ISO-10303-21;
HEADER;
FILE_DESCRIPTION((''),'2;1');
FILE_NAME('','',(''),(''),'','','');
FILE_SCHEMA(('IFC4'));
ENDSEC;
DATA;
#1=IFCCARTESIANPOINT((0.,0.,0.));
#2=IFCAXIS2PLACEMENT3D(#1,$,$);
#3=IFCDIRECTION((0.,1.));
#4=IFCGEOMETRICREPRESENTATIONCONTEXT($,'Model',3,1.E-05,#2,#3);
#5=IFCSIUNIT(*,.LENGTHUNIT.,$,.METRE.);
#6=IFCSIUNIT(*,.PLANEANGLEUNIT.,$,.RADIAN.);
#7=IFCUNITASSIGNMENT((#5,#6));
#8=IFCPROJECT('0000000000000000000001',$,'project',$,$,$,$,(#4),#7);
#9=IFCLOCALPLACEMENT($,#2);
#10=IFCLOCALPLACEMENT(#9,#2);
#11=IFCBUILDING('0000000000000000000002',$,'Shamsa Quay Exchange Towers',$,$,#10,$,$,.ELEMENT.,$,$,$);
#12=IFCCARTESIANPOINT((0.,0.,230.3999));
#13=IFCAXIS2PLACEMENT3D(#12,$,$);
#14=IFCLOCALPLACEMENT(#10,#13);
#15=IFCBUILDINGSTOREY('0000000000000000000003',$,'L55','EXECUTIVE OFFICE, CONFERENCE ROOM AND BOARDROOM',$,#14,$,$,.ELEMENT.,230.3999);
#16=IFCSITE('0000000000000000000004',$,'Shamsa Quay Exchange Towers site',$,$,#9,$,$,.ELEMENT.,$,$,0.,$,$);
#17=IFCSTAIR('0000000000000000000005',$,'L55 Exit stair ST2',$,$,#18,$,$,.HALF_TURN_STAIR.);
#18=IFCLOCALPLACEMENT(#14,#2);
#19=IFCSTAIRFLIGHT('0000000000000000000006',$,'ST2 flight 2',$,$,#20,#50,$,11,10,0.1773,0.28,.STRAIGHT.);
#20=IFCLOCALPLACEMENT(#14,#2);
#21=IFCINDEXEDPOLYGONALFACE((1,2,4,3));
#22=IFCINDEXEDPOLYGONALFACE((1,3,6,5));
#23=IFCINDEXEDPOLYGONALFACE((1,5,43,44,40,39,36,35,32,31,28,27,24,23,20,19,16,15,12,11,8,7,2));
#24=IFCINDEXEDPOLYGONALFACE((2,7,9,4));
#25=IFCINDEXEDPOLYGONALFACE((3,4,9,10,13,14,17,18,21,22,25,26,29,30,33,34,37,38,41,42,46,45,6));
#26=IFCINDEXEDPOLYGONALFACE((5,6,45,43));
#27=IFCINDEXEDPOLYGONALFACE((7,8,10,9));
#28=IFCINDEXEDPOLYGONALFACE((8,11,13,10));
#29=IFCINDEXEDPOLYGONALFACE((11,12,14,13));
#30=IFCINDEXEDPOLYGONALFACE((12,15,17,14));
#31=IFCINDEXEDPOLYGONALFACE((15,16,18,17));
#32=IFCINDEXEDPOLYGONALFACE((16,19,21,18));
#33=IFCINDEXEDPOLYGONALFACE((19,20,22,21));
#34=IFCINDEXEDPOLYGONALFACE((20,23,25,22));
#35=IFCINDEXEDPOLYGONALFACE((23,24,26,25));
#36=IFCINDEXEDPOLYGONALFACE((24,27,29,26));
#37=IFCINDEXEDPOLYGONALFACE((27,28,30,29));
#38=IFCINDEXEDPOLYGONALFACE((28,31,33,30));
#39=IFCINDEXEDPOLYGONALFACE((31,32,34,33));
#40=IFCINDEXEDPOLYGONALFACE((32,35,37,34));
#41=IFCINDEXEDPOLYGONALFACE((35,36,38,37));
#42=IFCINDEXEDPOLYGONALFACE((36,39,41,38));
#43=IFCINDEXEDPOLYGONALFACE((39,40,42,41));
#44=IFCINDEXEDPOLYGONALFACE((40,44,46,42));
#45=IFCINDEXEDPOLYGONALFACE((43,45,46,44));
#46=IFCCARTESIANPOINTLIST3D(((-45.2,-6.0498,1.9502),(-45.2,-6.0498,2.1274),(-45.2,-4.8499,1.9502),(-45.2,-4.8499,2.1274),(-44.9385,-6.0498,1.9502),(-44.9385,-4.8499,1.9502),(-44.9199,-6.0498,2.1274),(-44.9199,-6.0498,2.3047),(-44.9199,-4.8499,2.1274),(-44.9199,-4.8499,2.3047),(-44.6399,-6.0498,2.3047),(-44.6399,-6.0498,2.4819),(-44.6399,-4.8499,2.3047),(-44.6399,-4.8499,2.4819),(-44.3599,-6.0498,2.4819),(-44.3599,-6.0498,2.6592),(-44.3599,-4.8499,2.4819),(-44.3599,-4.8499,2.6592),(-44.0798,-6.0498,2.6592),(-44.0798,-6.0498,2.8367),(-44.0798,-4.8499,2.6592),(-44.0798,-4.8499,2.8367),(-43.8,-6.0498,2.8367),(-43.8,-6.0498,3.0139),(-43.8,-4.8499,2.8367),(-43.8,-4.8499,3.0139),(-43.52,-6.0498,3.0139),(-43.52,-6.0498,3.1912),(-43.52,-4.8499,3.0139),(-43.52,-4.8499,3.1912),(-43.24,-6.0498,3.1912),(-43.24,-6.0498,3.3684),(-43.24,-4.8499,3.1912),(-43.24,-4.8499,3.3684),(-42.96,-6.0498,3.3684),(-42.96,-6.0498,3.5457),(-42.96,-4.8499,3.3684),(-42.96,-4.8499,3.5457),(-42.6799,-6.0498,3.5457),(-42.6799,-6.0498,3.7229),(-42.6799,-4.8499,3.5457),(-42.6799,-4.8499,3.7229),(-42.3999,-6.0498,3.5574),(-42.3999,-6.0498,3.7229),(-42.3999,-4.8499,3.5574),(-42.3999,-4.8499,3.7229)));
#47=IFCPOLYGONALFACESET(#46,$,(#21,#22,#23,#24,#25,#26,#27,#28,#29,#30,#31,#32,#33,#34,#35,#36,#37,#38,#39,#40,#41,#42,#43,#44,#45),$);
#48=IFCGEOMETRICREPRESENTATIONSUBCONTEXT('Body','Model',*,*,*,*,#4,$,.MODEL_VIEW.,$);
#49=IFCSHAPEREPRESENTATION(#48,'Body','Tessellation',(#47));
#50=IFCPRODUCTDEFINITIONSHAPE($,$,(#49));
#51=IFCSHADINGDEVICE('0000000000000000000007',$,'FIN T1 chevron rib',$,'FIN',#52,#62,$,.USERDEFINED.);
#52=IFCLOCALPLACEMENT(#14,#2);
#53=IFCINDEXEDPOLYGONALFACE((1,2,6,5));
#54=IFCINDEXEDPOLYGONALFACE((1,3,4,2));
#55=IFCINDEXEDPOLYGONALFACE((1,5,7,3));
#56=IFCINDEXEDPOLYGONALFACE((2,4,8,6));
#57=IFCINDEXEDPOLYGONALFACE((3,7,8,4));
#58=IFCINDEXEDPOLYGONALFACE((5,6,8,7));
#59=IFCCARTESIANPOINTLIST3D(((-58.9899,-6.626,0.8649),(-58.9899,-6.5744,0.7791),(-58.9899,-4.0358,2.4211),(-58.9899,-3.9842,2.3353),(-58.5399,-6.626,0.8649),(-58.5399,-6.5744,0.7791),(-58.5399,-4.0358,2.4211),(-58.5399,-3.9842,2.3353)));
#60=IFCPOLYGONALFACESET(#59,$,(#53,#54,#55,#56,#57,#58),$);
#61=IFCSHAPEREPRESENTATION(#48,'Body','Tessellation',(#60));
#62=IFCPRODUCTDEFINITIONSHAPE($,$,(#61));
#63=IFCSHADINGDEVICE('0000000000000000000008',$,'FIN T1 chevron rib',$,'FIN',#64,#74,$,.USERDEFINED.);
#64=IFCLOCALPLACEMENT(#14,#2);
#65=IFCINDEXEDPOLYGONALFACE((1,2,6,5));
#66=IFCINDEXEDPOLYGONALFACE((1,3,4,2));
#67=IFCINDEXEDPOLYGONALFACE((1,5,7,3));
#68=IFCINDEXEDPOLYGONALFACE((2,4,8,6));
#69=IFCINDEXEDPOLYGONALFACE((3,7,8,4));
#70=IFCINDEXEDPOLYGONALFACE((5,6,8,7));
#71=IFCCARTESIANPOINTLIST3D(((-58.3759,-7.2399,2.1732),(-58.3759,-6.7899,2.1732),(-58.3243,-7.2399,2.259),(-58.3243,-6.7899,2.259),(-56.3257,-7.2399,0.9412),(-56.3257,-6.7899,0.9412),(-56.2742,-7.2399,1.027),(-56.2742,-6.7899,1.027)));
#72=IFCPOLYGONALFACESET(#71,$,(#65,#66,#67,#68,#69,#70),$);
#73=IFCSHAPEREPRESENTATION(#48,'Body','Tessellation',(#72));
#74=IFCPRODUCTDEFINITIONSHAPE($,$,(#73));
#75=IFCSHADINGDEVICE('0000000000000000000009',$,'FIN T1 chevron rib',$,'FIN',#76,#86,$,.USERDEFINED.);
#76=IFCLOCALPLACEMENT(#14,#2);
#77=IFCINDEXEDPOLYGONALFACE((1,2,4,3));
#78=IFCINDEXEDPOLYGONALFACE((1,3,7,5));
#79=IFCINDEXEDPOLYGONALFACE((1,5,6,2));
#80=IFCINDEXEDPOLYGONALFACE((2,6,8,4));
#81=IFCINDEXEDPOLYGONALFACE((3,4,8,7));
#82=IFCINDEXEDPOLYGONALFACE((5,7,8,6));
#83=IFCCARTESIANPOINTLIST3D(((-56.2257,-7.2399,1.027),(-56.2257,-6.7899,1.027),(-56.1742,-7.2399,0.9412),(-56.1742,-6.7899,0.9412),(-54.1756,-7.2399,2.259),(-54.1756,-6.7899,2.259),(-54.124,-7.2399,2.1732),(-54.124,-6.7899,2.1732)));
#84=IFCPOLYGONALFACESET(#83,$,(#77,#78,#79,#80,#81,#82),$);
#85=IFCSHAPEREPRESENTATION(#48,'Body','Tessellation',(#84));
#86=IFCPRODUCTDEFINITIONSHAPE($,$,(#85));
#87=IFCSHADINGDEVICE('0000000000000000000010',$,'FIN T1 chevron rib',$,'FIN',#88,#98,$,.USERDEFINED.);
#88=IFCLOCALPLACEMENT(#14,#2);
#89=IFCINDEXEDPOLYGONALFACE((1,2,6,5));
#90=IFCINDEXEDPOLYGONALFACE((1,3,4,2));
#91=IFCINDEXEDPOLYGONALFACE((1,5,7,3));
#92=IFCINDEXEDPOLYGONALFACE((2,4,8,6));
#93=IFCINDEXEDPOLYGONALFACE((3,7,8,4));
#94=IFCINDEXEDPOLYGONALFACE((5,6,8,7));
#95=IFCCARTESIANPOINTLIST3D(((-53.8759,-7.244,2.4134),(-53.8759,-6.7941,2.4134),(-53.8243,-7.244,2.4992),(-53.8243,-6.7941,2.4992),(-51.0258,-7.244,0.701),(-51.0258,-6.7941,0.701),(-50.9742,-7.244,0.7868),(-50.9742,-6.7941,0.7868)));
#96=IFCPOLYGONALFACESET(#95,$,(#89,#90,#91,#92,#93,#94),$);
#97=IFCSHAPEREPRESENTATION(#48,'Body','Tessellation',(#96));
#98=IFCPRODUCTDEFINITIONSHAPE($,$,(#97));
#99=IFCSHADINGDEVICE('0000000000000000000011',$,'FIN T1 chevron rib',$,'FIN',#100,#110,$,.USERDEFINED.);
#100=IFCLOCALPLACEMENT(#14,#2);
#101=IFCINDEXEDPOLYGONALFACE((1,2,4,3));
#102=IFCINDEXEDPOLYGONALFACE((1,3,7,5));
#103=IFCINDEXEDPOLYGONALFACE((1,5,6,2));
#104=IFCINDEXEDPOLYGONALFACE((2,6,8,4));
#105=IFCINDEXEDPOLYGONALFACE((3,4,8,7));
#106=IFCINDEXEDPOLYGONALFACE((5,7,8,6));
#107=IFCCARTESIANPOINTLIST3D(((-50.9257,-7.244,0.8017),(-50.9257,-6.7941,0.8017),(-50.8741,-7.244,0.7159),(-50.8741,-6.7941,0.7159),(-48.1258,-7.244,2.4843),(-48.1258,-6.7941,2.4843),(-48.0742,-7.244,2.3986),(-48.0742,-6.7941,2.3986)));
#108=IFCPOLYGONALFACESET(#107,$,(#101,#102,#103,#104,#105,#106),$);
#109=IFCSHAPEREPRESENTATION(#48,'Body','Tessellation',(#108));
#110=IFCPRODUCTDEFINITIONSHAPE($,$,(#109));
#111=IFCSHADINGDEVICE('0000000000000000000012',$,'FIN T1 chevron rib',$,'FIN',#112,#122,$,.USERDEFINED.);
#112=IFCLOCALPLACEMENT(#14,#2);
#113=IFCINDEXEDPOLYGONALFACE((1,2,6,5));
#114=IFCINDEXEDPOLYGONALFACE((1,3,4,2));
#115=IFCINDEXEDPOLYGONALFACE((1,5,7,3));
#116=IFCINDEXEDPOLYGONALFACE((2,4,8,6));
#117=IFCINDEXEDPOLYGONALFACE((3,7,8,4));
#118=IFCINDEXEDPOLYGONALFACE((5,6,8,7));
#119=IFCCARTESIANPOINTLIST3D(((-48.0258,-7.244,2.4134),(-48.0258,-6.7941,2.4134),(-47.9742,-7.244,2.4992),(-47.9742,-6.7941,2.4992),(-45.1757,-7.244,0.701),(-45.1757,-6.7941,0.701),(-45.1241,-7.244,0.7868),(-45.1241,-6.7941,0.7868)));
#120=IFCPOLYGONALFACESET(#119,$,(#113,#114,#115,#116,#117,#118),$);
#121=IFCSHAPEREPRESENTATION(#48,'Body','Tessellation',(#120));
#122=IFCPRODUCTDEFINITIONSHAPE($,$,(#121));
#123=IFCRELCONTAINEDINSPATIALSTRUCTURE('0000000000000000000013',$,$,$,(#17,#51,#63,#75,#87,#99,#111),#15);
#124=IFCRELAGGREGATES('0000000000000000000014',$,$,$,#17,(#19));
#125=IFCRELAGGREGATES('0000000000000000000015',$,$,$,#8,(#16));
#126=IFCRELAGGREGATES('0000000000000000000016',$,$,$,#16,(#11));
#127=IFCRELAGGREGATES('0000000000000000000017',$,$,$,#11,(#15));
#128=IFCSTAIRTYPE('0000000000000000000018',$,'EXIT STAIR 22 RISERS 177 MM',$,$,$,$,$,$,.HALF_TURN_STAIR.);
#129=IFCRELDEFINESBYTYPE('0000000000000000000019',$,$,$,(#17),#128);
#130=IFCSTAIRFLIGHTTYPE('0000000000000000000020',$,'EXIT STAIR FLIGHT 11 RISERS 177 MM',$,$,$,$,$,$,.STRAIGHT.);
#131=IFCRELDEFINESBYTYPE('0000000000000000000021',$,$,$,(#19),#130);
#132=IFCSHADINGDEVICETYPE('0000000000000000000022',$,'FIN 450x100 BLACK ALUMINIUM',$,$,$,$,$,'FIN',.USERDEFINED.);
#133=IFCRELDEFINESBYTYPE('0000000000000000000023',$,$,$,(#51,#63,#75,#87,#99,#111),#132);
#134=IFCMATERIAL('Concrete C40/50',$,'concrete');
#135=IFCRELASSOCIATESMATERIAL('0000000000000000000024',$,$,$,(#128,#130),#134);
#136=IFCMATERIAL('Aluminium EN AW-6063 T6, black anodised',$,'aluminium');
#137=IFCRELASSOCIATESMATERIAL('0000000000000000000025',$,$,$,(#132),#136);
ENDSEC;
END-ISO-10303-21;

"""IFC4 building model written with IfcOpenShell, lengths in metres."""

from ifc_helpers import new_model, si_unit, direction, frame, origin, origin_2d, place, context, subcontext, project, spatial, polyline, rectangle, outline, extrude, material, material_profile, profile_set, type_object, element, aggregate, save


model = new_model("IFC4")

# Units and contexts
model_context = context("Model", 3, precision=1e-05, world=origin(), true_north=direction((0.0, 1.0)))
body_context = subcontext(model_context, "Body", "Model", "MODEL_VIEW")
ifc_project = project(units=[si_unit("LENGTHUNIT", "METRE"), si_unit("PLANEANGLEUNIT", "RADIAN")], contexts=[model_context])

# Site, building, storey
site_placement = place(None, origin())
site = spatial("IfcSite", under=ifc_project, at=site_placement, Name="Shamsa Quay Exchange Towers site", CompositionType="ELEMENT", RefElevation=0.0)
building_placement = place(site_placement, origin())
building = spatial("IfcBuilding", under=site, at=building_placement, Name="Shamsa Quay Exchange Towers", CompositionType="ELEMENT")
storey_placement = place(building_placement, frame((0.0, 0.0, 230.3999)))
storey = spatial("IfcBuildingStorey", under=building, at=storey_placement, Name="L55", Description="EXECUTIVE OFFICE, CONFERENCE ROOM AND BOARDROOM", CompositionType="ELEMENT", Elevation=230.3999)

# Shared definitions
ifc_material_1 = material(Name="Aluminium EN AW-6063 T6, black anodised", Category="aluminium")

# Stair, stair flight
ifc_material_2 = material(Name="Concrete C40/50", Category="concrete")
stair_type = type_object("IfcStairType", Name="EXIT STAIR 22 RISERS 177 MM", PredefinedType="HALF_TURN_STAIR", material=ifc_material_2)
stair_placement = place(storey_placement, origin())
stair = element("IfcStair", 1, at=stair_placement, inside=storey, type_object=stair_type, Name="L55 Exit stair ST2", PredefinedType="HALF_TURN_STAIR")
stair_flight_type = type_object("IfcStairFlightType", Name="EXIT STAIR FLIGHT 11 RISERS 177 MM", PredefinedType="STRAIGHT", material=ifc_material_2)
stair_flight_placement = place(storey_placement, frame((-45.2, -5.45, 1.9502)))
stair_flight = element("IfcStairFlight", 2, at=stair_flight_placement, type_object=stair_flight_type, Name="ST2 flight 2", NumberOfRisers=11, NumberOfTreads=10, PredefinedType="STRAIGHT", RiserHeight=0.1773, TreadLength=0.28, context=body_context, shape_type="SweptSolid", body=[
    extrude(outline(polyline([(0.0, 0.0), (0.0, 0.1772), (0.28, 0.1772), (0.28, 0.3545), (0.5601, 0.3545), (0.5601, 0.5317), (0.8401, 0.5317), (0.8401, 0.709), (1.1201, 0.709), (1.1201, 0.8865), (1.3999, 0.8865), (1.3999, 1.0637), (1.6799, 1.0637), (1.6799, 1.241), (1.96, 1.241), (1.96, 1.4182), (2.24, 1.4182), (2.24, 1.5955), (2.52, 1.5955), (2.52, 1.7727), (2.8, 1.7727), (2.8, 1.95), (2.8, 1.6072), (0.2615, 0.0), (0.0, 0.0)])), frame((0.0, 0.6001, 0.0), z_axis=(0.0, -1.0, 0.0), x_axis=(1.0, 0.0, 0.0)), (0.0, 0.0, 1.0), 1.2),
])
aggregate(stair, [stair_flight])

# Shading devices
ifc_material_profile_1 = material_profile(ifc_material_1, rectangle(XDim=0.45, YDim=0.1001, at=origin_2d()), Name="FIN450x100")
ifc_profile_set_1 = profile_set([ifc_material_profile_1], Name="Aluminium EN AW-6063 T6, black anodised")
shading_device_type = type_object("IfcShadingDeviceType", Name="FIN 450x100 BLACK ALUMINIUM", ElementType="FIN", PredefinedType="USERDEFINED", material=ifc_profile_set_1)
shading_device_1_placement = place(storey_placement, frame((-58.7649, -4.01, 2.3782), z_axis=(0.0, -0.857186, -0.515007), x_axis=(1.0, 0.0, 0.0)))
element("IfcShadingDevice", 3, at=shading_device_1_placement, inside=storey, type_object=shading_device_type, Name="FIN T1 chevron rib", ObjectType="FIN", PredefinedType="USERDEFINED", context=body_context, shape_type="SweptSolid", body=[
    extrude(rectangle(XDim=0.45, YDim=0.1001, at=origin_2d()), origin(), (0.0, 0.0, 1.0), 3.0217),
])
for number, where, z_axis, x_axis, name in (
    (4, (-58.3501, -7.0149, 2.2161), (0.857141, 0.0, -0.515081), (0.0, 1.0, 0.0), "FIN T1 chevron rib"),
    (5, (-56.2, -7.0149, 0.9841), (0.857141, 0.0, 0.515081), (0.0, 1.0, 0.0), "FIN T1 chevron rib"),
):
    element("IfcShadingDevice", number, at=place(storey_placement, frame(where, z_axis=z_axis, x_axis=x_axis)), inside=storey, type_object=shading_device_type, Name=name, ObjectType="FIN", PredefinedType="USERDEFINED", context=body_context, shape_type="SweptSolid", body=[
        extrude(rectangle(XDim=0.45, YDim=0.1001, at=origin_2d()), origin(), (0.0, 0.0, 1.0), 2.3918),
    ])
shading_device_2_placement = place(storey_placement, frame((-53.8501, -7.019, 2.4563), z_axis=(0.857182, 0.0, -0.515014), x_axis=(0.0, 1.0, 0.0)))
element("IfcShadingDevice", 6, at=shading_device_2_placement, inside=storey, type_object=shading_device_type, Name="FIN T1 chevron rib", ObjectType="FIN", PredefinedType="USERDEFINED", context=body_context, shape_type="SweptSolid", body=[
    extrude(rectangle(XDim=0.45, YDim=0.1001, at=origin_2d()), origin(), (0.0, 0.0, 1.0), 3.325),
])
shading_device_3_placement = place(storey_placement, frame((-50.8999, -7.019, 0.7588), z_axis=(0.857123, 0.0, 0.515111), x_axis=(0.0, 1.0, 0.0)))
element("IfcShadingDevice", 7, at=shading_device_3_placement, inside=storey, type_object=shading_device_type, Name="FIN T1 chevron rib", ObjectType="FIN", PredefinedType="USERDEFINED", context=body_context, shape_type="SweptSolid", body=[
    extrude(rectangle(XDim=0.45, YDim=0.1001, at=origin_2d()), origin(), (0.0, 0.0, 1.0), 3.2666),
])
shading_device_4_placement = place(storey_placement, frame((-48.0, -7.019, 2.4563), z_axis=(0.857182, 0.0, -0.515014), x_axis=(0.0, 1.0, 0.0)))
element("IfcShadingDevice", 8, at=shading_device_4_placement, inside=storey, type_object=shading_device_type, Name="FIN T1 chevron rib", ObjectType="FIN", PredefinedType="USERDEFINED", context=body_context, shape_type="SweptSolid", body=[
    extrude(rectangle(XDim=0.45, YDim=0.1001, at=origin_2d()), origin(), (0.0, 0.0, 1.0), 3.325),
])

save(model, "model.ifc")
